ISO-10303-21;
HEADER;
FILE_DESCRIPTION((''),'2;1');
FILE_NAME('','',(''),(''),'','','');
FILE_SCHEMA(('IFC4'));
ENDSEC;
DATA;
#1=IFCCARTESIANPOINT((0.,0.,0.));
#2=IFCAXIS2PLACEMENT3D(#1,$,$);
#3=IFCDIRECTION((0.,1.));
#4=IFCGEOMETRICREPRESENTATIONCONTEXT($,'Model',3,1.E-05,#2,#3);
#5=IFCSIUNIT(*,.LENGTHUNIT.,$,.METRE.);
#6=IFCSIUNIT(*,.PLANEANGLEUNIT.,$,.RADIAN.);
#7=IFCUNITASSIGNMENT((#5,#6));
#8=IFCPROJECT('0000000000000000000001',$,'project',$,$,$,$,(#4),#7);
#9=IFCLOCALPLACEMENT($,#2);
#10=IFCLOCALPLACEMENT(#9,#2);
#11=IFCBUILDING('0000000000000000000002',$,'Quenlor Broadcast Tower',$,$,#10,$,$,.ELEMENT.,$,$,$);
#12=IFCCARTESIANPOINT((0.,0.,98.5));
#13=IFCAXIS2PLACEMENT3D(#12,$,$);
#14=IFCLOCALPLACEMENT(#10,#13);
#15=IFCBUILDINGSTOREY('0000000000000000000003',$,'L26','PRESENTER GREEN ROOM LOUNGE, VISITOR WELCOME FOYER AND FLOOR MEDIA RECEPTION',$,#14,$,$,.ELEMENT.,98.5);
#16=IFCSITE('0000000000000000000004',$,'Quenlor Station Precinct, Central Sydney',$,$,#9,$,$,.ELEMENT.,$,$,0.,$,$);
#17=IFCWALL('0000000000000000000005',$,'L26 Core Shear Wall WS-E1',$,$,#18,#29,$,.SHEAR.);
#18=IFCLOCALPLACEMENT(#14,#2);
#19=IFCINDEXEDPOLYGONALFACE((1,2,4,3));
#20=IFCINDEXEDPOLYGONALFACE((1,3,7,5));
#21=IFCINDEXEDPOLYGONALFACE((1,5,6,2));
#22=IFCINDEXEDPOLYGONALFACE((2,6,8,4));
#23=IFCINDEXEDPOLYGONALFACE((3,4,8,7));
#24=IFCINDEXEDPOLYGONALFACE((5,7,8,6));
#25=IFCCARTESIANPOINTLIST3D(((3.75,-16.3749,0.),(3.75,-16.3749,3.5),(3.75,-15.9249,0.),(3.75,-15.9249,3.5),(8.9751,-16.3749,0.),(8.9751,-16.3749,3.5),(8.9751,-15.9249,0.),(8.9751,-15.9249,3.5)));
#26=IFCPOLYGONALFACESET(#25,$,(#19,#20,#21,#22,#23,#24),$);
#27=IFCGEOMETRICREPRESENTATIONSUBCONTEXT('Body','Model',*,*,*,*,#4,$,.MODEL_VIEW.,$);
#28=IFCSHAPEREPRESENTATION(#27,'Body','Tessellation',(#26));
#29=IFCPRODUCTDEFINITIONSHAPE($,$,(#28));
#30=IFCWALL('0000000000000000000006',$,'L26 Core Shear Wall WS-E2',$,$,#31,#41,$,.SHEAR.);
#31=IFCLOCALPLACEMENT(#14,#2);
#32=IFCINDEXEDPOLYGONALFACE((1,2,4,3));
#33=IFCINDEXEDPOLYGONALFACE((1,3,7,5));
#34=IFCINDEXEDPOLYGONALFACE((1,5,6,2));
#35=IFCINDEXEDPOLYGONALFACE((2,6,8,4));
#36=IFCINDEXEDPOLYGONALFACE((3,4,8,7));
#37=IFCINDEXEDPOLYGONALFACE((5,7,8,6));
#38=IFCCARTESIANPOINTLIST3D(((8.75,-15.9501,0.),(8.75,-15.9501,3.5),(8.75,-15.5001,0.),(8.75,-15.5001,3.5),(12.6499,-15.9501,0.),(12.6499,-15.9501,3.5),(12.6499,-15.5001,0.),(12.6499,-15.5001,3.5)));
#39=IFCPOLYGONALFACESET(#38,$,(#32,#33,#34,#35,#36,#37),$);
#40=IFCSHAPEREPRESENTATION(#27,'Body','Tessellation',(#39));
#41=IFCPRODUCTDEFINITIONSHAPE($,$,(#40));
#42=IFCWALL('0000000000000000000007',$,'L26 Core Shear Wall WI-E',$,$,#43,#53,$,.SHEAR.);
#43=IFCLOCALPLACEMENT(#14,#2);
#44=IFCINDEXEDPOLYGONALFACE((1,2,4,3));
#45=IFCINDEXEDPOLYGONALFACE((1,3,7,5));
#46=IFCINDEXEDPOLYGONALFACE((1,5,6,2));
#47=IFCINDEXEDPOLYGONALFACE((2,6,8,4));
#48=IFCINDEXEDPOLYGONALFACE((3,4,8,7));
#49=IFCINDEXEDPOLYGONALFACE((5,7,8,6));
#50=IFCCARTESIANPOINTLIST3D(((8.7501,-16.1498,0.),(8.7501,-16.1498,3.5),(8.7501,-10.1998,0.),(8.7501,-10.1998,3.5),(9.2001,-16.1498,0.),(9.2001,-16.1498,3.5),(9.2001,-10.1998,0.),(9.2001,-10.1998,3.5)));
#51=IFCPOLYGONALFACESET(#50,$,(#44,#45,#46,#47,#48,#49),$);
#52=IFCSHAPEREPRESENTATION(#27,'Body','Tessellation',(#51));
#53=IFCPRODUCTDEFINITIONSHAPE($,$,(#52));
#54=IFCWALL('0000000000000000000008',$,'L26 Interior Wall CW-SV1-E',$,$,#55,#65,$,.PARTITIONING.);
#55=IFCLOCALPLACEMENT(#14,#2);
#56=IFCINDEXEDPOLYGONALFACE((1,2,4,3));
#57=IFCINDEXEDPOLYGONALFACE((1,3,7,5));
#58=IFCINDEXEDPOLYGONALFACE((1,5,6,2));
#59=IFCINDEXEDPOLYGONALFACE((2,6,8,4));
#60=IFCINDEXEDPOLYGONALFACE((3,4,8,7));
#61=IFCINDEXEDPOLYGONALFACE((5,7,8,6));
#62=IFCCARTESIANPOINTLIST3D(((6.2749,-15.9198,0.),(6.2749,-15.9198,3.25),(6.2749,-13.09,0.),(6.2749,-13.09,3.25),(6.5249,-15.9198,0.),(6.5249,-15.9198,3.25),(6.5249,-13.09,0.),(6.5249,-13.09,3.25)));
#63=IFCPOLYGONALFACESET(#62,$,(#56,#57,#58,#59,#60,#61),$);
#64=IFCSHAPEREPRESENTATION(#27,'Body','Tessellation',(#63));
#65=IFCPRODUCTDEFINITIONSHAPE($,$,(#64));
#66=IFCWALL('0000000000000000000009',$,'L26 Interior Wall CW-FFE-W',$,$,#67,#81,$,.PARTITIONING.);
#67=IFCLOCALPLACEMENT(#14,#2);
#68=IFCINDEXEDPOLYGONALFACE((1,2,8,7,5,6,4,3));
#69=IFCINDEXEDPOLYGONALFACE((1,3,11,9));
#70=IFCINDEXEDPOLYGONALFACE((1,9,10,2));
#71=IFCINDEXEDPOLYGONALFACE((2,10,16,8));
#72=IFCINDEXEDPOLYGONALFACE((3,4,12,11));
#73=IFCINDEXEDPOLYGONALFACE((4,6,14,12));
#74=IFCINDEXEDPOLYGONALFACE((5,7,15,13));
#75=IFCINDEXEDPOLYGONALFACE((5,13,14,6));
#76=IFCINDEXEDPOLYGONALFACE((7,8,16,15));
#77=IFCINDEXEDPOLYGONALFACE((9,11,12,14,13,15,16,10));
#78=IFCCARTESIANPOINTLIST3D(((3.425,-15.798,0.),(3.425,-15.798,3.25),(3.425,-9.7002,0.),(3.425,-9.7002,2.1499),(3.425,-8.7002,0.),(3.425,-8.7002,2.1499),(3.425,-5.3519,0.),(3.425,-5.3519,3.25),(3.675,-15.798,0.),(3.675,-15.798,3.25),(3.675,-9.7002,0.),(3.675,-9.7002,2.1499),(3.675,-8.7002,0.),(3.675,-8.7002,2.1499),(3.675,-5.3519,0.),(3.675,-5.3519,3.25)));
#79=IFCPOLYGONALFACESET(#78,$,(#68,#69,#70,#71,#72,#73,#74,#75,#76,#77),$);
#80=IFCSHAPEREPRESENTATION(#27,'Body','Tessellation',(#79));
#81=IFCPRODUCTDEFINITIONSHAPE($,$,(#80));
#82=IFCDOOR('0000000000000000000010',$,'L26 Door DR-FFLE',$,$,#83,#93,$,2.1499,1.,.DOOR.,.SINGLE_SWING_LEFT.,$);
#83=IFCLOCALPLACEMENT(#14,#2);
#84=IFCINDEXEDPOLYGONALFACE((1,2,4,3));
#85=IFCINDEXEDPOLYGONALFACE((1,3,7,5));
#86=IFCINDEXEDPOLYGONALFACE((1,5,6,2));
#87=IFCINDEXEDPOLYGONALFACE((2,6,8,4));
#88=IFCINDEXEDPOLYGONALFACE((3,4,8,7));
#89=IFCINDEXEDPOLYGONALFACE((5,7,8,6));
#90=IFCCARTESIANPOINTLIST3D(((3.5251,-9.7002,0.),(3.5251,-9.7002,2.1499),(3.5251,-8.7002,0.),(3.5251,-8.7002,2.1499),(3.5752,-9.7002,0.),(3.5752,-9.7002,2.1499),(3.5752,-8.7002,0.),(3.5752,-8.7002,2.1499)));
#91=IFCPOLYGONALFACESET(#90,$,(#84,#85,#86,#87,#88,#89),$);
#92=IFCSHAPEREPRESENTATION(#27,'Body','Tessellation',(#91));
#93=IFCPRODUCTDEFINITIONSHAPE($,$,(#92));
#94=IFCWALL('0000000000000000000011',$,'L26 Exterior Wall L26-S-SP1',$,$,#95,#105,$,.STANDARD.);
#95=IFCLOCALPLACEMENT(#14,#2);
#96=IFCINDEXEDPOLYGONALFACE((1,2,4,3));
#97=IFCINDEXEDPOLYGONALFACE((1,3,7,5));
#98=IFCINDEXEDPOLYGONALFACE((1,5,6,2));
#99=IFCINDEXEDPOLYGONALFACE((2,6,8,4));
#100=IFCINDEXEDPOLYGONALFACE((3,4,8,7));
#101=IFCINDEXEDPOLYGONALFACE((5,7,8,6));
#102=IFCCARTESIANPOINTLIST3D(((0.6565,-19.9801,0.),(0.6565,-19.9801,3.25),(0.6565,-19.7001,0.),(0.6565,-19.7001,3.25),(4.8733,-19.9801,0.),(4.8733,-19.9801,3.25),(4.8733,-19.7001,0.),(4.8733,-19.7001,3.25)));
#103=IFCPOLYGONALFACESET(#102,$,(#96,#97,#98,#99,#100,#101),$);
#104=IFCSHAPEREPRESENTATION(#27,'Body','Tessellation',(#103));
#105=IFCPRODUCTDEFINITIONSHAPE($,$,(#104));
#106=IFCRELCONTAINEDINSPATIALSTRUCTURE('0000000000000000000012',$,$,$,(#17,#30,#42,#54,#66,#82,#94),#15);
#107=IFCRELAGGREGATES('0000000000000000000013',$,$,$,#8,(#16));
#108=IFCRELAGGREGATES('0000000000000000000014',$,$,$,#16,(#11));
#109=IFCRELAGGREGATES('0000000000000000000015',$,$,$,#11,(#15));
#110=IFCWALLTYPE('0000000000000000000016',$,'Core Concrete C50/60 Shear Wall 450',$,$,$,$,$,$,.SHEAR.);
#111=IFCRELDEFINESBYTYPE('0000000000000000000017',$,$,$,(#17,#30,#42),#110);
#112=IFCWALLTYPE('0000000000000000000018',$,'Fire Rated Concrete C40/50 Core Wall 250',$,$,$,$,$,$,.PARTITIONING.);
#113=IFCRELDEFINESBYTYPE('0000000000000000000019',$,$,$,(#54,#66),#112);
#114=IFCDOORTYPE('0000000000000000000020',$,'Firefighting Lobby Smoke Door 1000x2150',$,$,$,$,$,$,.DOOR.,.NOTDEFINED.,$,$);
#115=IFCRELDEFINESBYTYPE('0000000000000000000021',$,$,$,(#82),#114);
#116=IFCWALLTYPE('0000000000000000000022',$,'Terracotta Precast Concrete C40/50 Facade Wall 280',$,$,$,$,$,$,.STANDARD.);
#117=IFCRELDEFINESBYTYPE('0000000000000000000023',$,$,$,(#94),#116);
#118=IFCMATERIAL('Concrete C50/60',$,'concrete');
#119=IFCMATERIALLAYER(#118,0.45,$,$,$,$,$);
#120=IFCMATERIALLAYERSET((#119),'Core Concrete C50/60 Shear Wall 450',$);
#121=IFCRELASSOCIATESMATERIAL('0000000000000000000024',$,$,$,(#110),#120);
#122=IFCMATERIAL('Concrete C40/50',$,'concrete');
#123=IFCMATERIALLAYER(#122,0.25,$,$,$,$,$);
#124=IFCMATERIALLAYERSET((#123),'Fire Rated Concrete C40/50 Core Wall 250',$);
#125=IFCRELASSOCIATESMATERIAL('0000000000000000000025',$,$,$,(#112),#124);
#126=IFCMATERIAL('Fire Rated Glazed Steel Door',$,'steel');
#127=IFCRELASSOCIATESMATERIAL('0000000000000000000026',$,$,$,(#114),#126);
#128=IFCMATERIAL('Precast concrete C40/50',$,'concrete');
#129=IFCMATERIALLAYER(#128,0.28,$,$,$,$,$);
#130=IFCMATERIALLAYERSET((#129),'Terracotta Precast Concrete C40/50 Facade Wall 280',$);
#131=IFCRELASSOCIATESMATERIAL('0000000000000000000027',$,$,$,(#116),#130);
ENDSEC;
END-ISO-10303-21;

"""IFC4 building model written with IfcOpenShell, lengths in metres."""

from ifc_helpers import new_model, si_unit, direction, frame, frame_2d, origin, place, context, subcontext, project, spatial, rectangle, extrude, material, layer, layer_set, type_object, element, fill, save


model = new_model("IFC4")

# Units and contexts
model_context = context("Model", 3, precision=1e-05, world=origin(), true_north=direction((0.0, 1.0)))
body_context = subcontext(model_context, "Body", "Model", "MODEL_VIEW")
ifc_project = project(units=[si_unit("LENGTHUNIT", "METRE"), si_unit("PLANEANGLEUNIT", "RADIAN")], contexts=[model_context])

# Site, building, storey
site_placement = place(None, origin())
site = spatial("IfcSite", under=ifc_project, at=site_placement, Name="Quenlor Station Precinct, Central Sydney", CompositionType="ELEMENT", RefElevation=0.0)
building_placement = place(site_placement, origin())
building = spatial("IfcBuilding", under=site, at=building_placement, Name="Quenlor Broadcast Tower", CompositionType="ELEMENT")
storey_placement = place(building_placement, frame((0.0, 0.0, 98.5)))
storey = spatial("IfcBuildingStorey", under=building, at=storey_placement, Name="L26", Description="PRESENTER GREEN ROOM LOUNGE, VISITOR WELCOME FOYER AND FLOOR MEDIA RECEPTION", CompositionType="ELEMENT", Elevation=98.5)

# Walls
ifc_material_1 = material(Name="Concrete C50/60", Category="concrete")
ifc_layer_1 = layer(ifc_material_1, 0.45)
ifc_layer_set_1 = layer_set([ifc_layer_1], Name="Core Concrete C50/60 Shear Wall 450")
wall_type_1 = type_object("IfcWallType", Name="Core Concrete C50/60 Shear Wall 450", PredefinedType="SHEAR", material=ifc_layer_set_1)
wall_1_placement = place(storey_placement, frame((3.75, -16.1499, 0.0), z_axis=(0.0, 0.0, 1.0), x_axis=(1.0, 0.0, 0.0)))
element("IfcWall", 1, at=wall_1_placement, inside=storey, type_object=wall_type_1, Name="L26 Core Shear Wall WS-E1", PredefinedType="SHEAR", context=body_context, shape_type="SweptSolid", body=[
    extrude(rectangle(XDim=5.2251, YDim=0.45, at=frame_2d((2.6125, 0.0))), origin(), (0.0, 0.0, 1.0), 3.5),
])
wall_2_placement = place(storey_placement, frame((8.75, -15.7251, 0.0), z_axis=(0.0, 0.0, 1.0), x_axis=(1.0, 0.0, 0.0)))
element("IfcWall", 2, at=wall_2_placement, inside=storey, type_object=wall_type_1, Name="L26 Core Shear Wall WS-E2", PredefinedType="SHEAR", context=body_context, shape_type="SweptSolid", body=[
    extrude(rectangle(XDim=3.8999, YDim=0.45, at=frame_2d((1.95, 0.0))), origin(), (0.0, 0.0, 1.0), 3.5),
])
wall_3_placement = place(storey_placement, frame((8.9751, -16.1499, 0.0), z_axis=(0.0, 0.0, 1.0), x_axis=(0.0, 1.0, 0.0)))
element("IfcWall", 3, at=wall_3_placement, inside=storey, type_object=wall_type_1, Name="L26 Core Shear Wall WI-E", PredefinedType="SHEAR", context=body_context, shape_type="SweptSolid", body=[
    extrude(rectangle(XDim=5.95, YDim=0.45, at=frame_2d((2.9751, 0.0))), origin(), (0.0, 0.0, 1.0), 3.5),
])

# Shared definitions
ifc_material_2 = material(Name="Concrete C40/50", Category="concrete")
ifc_layer_2 = layer(ifc_material_2, 0.25)
ifc_layer_set_2 = layer_set([ifc_layer_2], Name="Fire Rated Concrete C40/50 Core Wall 250")
wall_type_2 = type_object("IfcWallType", Name="Fire Rated Concrete C40/50 Core Wall 250", PredefinedType="PARTITIONING", material=ifc_layer_set_2)

# Wall
wall_4_placement = place(storey_placement, frame((6.3999, -15.9199, 0.0), z_axis=(0.0, 0.0, 1.0), x_axis=(0.0, 1.0, 0.0)))
element("IfcWall", 4, at=wall_4_placement, inside=storey, type_object=wall_type_2, Name="L26 Interior Wall CW-SV1-E", PredefinedType="PARTITIONING", context=body_context, shape_type="SweptSolid", body=[
    extrude(rectangle(XDim=2.8298, YDim=0.25, at=frame_2d((1.415, 0.0))), origin(), (0.0, 0.0, 1.0), 3.25),
])

# Wall, opening, door
wall_5_placement = place(storey_placement, frame((3.55, -15.7981, 0.0), z_axis=(0.0, 0.0, 1.0), x_axis=(0.0, 1.0, 0.0)))
wall_5 = element("IfcWall", 5, at=wall_5_placement, inside=storey, type_object=wall_type_2, Name="L26 Interior Wall CW-FFE-W", PredefinedType="PARTITIONING", context=body_context, shape_type="SweptSolid", body=[
    extrude(rectangle(XDim=10.446, YDim=0.25, at=frame_2d((5.2231, 0.0))), origin(), (0.0, 0.0, 1.0), 3.25),
])
opening_1_placement = place(wall_5_placement, frame((6.0979, 0.0, 0.0)))
opening_1 = element("IfcOpeningElement", 6, at=opening_1_placement, cuts=wall_5, PredefinedType="OPENING", context=body_context, shape_type="SweptSolid", body=[
    extrude(rectangle(XDim=1.0, YDim=2.1499, at=frame_2d((0.5, 1.075))), frame((0.0, 0.135, 0.0), z_axis=(0.0, -1.0, 0.0), x_axis=(1.0, 0.0, 0.0)), (0.0, 0.0, 1.0), 0.27),
])
ifc_material_3 = material(Name="Fire Rated Glazed Steel Door", Category="steel")
door_type_1 = type_object("IfcDoorType", Name="Firefighting Lobby Smoke Door 1000x2150", OperationType="NOTDEFINED", PredefinedType="DOOR", material=ifc_material_3)
door_1_placement = place(opening_1_placement, origin())
door_1 = element("IfcDoor", 7, at=door_1_placement, inside=storey, type_object=door_type_1, Name="L26 Door DR-FFLE", OperationType="SINGLE_SWING_LEFT", OverallHeight=2.1499, OverallWidth=1.0, PredefinedType="DOOR", context=body_context, shape_type="SweptSolid", body=[
    extrude(rectangle(XDim=1.0, YDim=2.1499, at=frame_2d((0.5, 1.075))), frame((0.0, 0.0249, 0.0), z_axis=(0.0, -1.0, 0.0), x_axis=(1.0, 0.0, 0.0)), (0.0, 0.0, 1.0), 0.05),
])
fill(opening_1, door_1)

# Wall
ifc_material_4 = material(Name="Precast concrete C40/50", Category="concrete")
ifc_layer_3 = layer(ifc_material_4, 0.28)
ifc_layer_set_3 = layer_set([ifc_layer_3], Name="Terracotta Precast Concrete C40/50 Facade Wall 280")
wall_type_3 = type_object("IfcWallType", Name="Terracotta Precast Concrete C40/50 Facade Wall 280", PredefinedType="STANDARD", material=ifc_layer_set_3)
wall_6_placement = place(storey_placement, frame((4.8733, -19.8401, 0.0), z_axis=(0.0, 0.0, 1.0), x_axis=(-1.0, 0.0, 0.0)))
element("IfcWall", 8, at=wall_6_placement, inside=storey, type_object=wall_type_3, Name="L26 Exterior Wall L26-S-SP1", PredefinedType="STANDARD", context=body_context, shape_type="SweptSolid", body=[
    extrude(rectangle(XDim=4.2168, YDim=0.28, at=frame_2d((2.1084, 0.0))), origin(), (0.0, 0.0, 1.0), 3.25),
])

save(model, "model.ifc")
